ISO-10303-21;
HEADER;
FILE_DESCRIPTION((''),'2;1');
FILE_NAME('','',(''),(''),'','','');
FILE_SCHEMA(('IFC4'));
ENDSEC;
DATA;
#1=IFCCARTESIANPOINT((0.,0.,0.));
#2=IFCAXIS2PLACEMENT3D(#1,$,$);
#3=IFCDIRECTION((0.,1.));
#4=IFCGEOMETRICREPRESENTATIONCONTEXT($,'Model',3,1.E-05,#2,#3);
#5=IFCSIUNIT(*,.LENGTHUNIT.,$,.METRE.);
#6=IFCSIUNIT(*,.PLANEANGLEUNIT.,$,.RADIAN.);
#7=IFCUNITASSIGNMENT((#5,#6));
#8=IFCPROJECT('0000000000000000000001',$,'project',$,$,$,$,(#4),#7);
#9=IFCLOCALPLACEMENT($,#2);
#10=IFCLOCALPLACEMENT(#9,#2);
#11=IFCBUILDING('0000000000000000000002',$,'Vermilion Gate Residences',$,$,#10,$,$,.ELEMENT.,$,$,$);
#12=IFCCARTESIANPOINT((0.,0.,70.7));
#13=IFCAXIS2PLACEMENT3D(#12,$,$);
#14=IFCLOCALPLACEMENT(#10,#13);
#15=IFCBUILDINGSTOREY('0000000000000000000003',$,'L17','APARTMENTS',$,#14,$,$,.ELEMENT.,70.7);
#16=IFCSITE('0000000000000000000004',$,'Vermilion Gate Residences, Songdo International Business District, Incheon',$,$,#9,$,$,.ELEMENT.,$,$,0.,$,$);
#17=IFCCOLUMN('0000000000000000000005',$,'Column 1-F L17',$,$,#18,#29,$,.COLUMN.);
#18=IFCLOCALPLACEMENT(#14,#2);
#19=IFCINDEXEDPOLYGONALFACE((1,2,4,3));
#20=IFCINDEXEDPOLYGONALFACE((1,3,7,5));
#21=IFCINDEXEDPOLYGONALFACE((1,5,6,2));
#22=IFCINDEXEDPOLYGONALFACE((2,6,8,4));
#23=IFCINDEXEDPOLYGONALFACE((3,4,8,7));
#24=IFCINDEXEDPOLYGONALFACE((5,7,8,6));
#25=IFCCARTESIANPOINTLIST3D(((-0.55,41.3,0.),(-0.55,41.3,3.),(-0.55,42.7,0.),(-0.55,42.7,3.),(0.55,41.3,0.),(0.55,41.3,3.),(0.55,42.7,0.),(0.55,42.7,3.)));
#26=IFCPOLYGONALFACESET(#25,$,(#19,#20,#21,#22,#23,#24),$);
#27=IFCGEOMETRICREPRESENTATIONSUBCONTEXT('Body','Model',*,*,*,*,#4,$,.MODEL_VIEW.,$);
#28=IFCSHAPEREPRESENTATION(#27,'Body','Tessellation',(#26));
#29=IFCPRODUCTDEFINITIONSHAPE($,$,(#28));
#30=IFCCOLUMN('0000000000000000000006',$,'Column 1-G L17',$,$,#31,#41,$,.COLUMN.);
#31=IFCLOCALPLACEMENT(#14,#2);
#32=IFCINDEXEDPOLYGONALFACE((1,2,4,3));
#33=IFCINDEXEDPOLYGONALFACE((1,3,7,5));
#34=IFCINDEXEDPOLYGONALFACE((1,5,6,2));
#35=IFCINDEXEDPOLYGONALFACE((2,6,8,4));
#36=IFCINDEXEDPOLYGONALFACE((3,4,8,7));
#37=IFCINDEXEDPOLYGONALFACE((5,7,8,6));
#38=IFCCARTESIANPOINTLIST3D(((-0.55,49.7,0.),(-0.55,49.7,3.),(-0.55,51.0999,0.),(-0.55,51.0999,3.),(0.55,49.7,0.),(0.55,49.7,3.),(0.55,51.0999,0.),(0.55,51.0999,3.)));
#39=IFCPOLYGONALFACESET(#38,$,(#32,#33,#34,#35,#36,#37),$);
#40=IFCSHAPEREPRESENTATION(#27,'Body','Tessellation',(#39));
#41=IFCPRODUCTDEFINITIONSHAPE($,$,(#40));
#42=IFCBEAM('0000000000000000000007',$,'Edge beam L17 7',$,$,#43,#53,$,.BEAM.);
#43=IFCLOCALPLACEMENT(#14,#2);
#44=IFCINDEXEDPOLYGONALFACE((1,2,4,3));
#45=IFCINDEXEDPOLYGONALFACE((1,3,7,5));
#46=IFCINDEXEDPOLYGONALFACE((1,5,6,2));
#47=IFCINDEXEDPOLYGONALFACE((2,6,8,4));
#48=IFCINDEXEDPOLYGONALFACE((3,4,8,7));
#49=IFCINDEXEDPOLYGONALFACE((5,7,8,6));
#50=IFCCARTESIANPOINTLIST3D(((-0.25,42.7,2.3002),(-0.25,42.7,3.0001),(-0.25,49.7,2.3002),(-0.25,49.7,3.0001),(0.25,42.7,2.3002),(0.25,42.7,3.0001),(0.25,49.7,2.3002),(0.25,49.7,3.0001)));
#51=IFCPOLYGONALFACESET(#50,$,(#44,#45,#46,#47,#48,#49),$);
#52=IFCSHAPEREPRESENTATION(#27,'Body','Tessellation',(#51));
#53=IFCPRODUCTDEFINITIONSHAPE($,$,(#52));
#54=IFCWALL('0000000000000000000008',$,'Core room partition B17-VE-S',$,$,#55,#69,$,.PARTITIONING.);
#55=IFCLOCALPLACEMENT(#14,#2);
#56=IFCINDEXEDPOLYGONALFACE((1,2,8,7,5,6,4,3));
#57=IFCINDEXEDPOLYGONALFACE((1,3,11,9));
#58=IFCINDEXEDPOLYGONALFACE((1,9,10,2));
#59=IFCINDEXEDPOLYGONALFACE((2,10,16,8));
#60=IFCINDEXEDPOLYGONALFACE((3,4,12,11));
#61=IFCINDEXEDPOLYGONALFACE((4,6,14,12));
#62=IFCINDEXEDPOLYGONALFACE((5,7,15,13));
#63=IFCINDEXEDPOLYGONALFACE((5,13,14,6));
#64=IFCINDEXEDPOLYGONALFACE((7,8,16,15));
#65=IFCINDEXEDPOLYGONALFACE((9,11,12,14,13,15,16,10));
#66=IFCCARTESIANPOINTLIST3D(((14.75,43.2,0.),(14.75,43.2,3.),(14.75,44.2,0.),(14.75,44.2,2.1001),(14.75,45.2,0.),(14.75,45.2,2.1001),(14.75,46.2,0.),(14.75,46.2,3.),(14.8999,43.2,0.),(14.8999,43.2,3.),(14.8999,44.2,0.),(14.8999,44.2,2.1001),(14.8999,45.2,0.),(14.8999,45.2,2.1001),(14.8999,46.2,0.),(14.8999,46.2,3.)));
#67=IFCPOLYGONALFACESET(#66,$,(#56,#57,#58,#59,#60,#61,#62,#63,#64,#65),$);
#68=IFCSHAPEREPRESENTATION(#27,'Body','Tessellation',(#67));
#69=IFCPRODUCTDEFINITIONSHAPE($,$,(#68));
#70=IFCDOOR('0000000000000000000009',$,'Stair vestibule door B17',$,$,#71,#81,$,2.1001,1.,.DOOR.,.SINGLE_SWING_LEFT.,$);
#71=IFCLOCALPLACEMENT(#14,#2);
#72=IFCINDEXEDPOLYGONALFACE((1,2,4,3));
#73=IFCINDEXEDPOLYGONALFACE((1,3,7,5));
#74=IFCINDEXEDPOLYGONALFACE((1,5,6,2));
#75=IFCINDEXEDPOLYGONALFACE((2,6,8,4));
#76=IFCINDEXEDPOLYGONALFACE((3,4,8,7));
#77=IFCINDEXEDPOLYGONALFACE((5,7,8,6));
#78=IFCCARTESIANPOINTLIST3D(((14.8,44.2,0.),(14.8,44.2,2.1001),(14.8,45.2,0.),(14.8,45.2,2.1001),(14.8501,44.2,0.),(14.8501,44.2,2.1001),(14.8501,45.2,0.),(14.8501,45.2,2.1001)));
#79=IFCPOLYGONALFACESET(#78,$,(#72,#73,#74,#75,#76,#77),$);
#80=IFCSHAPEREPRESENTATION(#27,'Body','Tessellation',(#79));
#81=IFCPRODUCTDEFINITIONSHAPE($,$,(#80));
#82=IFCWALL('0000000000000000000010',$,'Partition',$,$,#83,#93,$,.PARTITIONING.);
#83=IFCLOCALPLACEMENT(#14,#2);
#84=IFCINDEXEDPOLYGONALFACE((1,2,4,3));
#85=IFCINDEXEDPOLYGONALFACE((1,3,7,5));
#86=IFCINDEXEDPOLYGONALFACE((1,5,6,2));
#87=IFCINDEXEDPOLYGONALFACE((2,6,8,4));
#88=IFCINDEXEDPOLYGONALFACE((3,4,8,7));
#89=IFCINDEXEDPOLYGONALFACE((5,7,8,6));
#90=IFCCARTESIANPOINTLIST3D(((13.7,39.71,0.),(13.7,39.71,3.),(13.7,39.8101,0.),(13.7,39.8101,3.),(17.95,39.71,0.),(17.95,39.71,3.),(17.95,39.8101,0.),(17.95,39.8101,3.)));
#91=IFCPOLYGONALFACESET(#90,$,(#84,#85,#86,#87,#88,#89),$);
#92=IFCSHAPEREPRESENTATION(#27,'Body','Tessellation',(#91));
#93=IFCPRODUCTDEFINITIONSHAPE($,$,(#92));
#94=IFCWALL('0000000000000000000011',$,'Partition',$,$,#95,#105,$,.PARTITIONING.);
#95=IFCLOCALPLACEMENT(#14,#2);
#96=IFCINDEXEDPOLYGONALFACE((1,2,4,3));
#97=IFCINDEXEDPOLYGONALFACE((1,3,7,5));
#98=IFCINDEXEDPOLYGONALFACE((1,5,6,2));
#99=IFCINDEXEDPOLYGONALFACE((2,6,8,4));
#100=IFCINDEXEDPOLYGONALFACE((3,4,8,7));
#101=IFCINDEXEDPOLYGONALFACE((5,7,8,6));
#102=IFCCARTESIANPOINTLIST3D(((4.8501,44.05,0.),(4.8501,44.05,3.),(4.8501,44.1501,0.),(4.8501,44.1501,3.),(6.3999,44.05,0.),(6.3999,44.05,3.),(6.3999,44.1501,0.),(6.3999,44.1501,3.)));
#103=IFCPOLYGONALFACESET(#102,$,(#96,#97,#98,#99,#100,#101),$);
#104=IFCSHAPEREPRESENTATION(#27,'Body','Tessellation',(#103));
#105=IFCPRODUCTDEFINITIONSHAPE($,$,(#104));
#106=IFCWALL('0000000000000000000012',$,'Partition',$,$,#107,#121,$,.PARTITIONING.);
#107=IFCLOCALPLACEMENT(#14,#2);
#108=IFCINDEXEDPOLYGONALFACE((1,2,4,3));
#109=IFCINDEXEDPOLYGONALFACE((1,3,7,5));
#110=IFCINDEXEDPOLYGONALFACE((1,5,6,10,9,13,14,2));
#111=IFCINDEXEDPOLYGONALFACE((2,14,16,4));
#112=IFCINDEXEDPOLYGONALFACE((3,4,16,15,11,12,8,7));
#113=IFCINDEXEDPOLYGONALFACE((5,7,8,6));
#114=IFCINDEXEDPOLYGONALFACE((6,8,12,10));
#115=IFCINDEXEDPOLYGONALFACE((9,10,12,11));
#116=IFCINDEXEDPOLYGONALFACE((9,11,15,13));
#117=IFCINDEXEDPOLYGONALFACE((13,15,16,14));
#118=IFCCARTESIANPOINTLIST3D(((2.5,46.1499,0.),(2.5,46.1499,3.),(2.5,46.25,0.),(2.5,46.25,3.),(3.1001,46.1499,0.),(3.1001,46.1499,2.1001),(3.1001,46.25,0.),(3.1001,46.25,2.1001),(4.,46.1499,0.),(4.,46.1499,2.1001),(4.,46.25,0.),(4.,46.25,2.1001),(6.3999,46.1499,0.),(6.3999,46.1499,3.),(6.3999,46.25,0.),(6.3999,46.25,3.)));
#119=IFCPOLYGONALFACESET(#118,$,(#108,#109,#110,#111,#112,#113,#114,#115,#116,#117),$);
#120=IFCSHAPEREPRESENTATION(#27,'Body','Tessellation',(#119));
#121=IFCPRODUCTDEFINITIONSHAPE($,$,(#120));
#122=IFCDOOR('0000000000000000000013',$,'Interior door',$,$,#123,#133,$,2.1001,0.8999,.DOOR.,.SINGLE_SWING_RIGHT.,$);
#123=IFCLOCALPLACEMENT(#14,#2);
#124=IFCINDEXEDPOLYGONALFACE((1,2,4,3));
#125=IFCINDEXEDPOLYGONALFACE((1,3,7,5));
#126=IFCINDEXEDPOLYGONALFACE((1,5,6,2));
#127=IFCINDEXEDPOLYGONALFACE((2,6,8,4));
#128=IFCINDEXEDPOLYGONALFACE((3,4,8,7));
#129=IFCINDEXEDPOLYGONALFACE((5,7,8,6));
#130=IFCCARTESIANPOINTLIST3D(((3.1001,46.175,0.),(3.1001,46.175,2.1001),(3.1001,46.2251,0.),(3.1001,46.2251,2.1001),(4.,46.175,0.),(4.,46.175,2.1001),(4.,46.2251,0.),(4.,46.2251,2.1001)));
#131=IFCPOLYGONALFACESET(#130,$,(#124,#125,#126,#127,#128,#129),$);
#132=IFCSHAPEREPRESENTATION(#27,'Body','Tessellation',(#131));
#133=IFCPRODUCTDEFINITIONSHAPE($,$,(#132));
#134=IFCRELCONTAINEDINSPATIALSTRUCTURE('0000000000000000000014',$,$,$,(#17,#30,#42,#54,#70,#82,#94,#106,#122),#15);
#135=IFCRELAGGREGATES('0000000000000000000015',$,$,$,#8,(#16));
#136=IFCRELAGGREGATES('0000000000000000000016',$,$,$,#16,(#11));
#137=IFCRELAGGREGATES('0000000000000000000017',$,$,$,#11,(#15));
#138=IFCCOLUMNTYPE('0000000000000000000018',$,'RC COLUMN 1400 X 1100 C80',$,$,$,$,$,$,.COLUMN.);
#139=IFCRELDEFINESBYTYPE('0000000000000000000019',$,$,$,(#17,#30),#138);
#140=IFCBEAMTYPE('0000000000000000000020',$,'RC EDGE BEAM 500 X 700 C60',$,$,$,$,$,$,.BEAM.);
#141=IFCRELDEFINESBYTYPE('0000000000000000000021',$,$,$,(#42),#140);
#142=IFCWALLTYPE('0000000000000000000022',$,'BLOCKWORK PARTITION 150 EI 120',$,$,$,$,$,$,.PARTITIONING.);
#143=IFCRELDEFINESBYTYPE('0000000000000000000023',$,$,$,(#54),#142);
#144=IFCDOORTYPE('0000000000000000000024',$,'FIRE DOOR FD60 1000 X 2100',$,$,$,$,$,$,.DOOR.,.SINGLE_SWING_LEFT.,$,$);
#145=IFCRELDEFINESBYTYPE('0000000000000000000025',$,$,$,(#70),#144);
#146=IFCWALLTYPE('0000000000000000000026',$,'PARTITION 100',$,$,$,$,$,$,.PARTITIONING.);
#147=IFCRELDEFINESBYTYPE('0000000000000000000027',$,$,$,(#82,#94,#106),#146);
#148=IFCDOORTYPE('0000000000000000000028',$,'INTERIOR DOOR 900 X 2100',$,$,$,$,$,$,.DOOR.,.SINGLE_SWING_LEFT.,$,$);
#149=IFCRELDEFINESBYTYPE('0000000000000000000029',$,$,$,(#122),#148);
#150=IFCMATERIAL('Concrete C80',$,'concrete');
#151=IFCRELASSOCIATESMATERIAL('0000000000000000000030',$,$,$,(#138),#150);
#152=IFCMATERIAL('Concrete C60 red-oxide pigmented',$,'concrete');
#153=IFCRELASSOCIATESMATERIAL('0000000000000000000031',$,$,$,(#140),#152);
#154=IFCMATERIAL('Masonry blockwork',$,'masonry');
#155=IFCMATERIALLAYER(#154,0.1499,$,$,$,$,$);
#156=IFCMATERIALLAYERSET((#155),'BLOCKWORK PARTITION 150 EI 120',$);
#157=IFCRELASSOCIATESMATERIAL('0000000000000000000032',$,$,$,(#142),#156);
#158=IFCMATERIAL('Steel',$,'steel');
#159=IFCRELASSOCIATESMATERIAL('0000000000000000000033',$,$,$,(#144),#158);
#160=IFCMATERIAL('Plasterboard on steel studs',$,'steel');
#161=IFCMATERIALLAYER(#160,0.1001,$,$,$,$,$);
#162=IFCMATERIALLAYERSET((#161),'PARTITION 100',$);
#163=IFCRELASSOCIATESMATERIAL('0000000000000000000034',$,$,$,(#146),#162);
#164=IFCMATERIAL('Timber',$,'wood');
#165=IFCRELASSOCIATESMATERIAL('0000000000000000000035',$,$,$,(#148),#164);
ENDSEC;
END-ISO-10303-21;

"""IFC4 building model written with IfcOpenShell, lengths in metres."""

from ifc_helpers import new_model, si_unit, direction, frame, frame_2d, origin, origin_2d, place, context, subcontext, project, spatial, rectangle, extrude, material, layer, layer_set, material_profile, profile_set, type_object, element, fill, save


model = new_model("IFC4")

# Units and contexts
model_context = context("Model", 3, precision=1e-05, world=origin(), true_north=direction((0.0, 1.0)))
body_context = subcontext(model_context, "Body", "Model", "MODEL_VIEW")
ifc_project = project(units=[si_unit("LENGTHUNIT", "METRE"), si_unit("PLANEANGLEUNIT", "RADIAN")], contexts=[model_context])

# Site, building, storey
site_placement = place(None, origin())
site = spatial("IfcSite", under=ifc_project, at=site_placement, Name="Vermilion Gate Residences, Songdo International Business District, Incheon", CompositionType="ELEMENT", RefElevation=0.0)
building_placement = place(site_placement, origin())
building = spatial("IfcBuilding", under=site, at=building_placement, Name="Vermilion Gate Residences", CompositionType="ELEMENT")
storey_placement = place(building_placement, frame((0.0, 0.0, 70.7)))
storey = spatial("IfcBuildingStorey", under=building, at=storey_placement, Name="L17", Description="APARTMENTS", CompositionType="ELEMENT", Elevation=70.7)

# Columns
ifc_material_1 = material(Name="Concrete C80", Category="concrete")
ifc_material_profile_1 = material_profile(ifc_material_1, rectangle(XDim=1.3999, YDim=1.1001, at=origin_2d()), Name="RC-1400x1100")
ifc_profile_set_1 = profile_set([ifc_material_profile_1], Name="Concrete C80")
column_type = type_object("IfcColumnType", Name="RC COLUMN 1400 X 1100 C80", PredefinedType="COLUMN", material=ifc_profile_set_1)
for number, where, z_axis, x_axis, name in (
    (1, (0.0, 42.0, 0.0), (0.0, 0.0, 1.0), (0.0, 1.0, 0.0), "Column 1-F L17"),
    (2, (0.0, 50.3999, 0.0), (0.0, 0.0, 1.0), (0.0, 1.0, 0.0), "Column 1-G L17"),
):
    element("IfcColumn", number, at=place(storey_placement, frame(where, z_axis=z_axis, x_axis=x_axis)), inside=storey, type_object=column_type, Name=name, PredefinedType="COLUMN", context=body_context, shape_type="SweptSolid", body=[
        extrude(rectangle(XDim=1.3999, YDim=1.1001, at=origin_2d()), origin(), (0.0, 0.0, 1.0), 3.0),
    ])

# Beam
ifc_material_2 = material(Name="Concrete C60 red-oxide pigmented", Category="concrete")
ifc_material_profile_2 = material_profile(ifc_material_2, rectangle(XDim=0.5, YDim=0.7, at=origin_2d()), Name="RC-500x700")
ifc_profile_set_2 = profile_set([ifc_material_profile_2], Name="Concrete C60 red-oxide pigmented")
beam_type = type_object("IfcBeamType", Name="RC EDGE BEAM 500 X 700 C60", PredefinedType="BEAM", material=ifc_profile_set_2)
beam_placement = place(storey_placement, frame((0.0, 42.7, 2.6501), z_axis=(0.0, 1.0, 0.0), x_axis=(-1.0, 0.0, 0.0)))
element("IfcBeam", 3, at=beam_placement, inside=storey, type_object=beam_type, Name="Edge beam L17 7", PredefinedType="BEAM", context=body_context, shape_type="SweptSolid", body=[
    extrude(rectangle(XDim=0.5, YDim=0.7, at=origin_2d()), origin(), (0.0, 0.0, 1.0), 7.0),
])

# Wall, opening, door
ifc_material_3 = material(Name="Masonry blockwork", Category="masonry")
ifc_layer_1 = layer(ifc_material_3, 0.1499)
ifc_layer_set_1 = layer_set([ifc_layer_1], Name="BLOCKWORK PARTITION 150 EI 120")
wall_type_1 = type_object("IfcWallType", Name="BLOCKWORK PARTITION 150 EI 120", PredefinedType="PARTITIONING", material=ifc_layer_set_1)
wall_1_placement = place(storey_placement, frame((14.825, 46.2, 0.0), z_axis=(0.0, 0.0, 1.0), x_axis=(0.0, -1.0, 0.0)))
wall_1 = element("IfcWall", 4, at=wall_1_placement, inside=storey, type_object=wall_type_1, Name="Core room partition B17-VE-S", PredefinedType="PARTITIONING", context=body_context, shape_type="SweptSolid", body=[
    extrude(rectangle(XDim=3.0, YDim=0.1499, at=frame_2d((1.5, 0.0))), origin(), (0.0, 0.0, 1.0), 3.0),
])
opening_1_placement = place(wall_1_placement, frame((1.0, 0.0, 0.0)))
opening_1 = element("IfcOpeningElement", 5, at=opening_1_placement, cuts=wall_1, PredefinedType="OPENING", context=body_context, shape_type="SweptSolid", body=[
    extrude(rectangle(XDim=1.0, YDim=2.1001, at=frame_2d((0.5, 1.05))), frame((0.0, 0.085, 0.0), z_axis=(0.0, -1.0, 0.0), x_axis=(1.0, 0.0, 0.0)), (0.0, 0.0, 1.0), 0.1699),
])
ifc_material_4 = material(Name="Steel", Category="steel")
door_type_1 = type_object("IfcDoorType", Name="FIRE DOOR FD60 1000 X 2100", OperationType="SINGLE_SWING_LEFT", PredefinedType="DOOR", material=ifc_material_4)
door_1_placement = place(opening_1_placement, frame((1.0, 0.0, 0.0), z_axis=(0.0, 0.0, 1.0), x_axis=(-1.0, 0.0, 0.0)))
door_1 = element("IfcDoor", 6, at=door_1_placement, inside=storey, type_object=door_type_1, Name="Stair vestibule door B17", OperationType="SINGLE_SWING_LEFT", OverallHeight=2.1001, OverallWidth=1.0, PredefinedType="DOOR", context=body_context, shape_type="SweptSolid", body=[
    extrude(rectangle(XDim=1.0, YDim=2.1001, at=frame_2d((0.5, 1.05))), frame((0.0, 0.0249, 0.0), z_axis=(0.0, -1.0, 0.0), x_axis=(1.0, 0.0, 0.0)), (0.0, 0.0, 1.0), 0.05),
])
fill(opening_1, door_1)

# Walls
ifc_material_5 = material(Name="Plasterboard on steel studs", Category="steel")
ifc_layer_2 = layer(ifc_material_5, 0.1001)
ifc_layer_set_2 = layer_set([ifc_layer_2], Name="PARTITION 100")
wall_type_2 = type_object("IfcWallType", Name="PARTITION 100", PredefinedType="PARTITIONING", material=ifc_layer_set_2)
wall_2_placement = place(storey_placement, frame((13.7, 39.76, 0.0), z_axis=(0.0, 0.0, 1.0), x_axis=(1.0, 0.0, 0.0)))
element("IfcWall", 7, at=wall_2_placement, inside=storey, type_object=wall_type_2, Name="Partition", PredefinedType="PARTITIONING", context=body_context, shape_type="SweptSolid", body=[
    extrude(rectangle(XDim=4.25, YDim=0.1001, at=frame_2d((2.125, 0.0))), origin(), (0.0, 0.0, 1.0), 3.0),
])
wall_3_placement = place(storey_placement, frame((4.8501, 44.1001, 0.0), z_axis=(0.0, 0.0, 1.0), x_axis=(1.0, 0.0, 0.0)))
element("IfcWall", 8, at=wall_3_placement, inside=storey, type_object=wall_type_2, Name="Partition", PredefinedType="PARTITIONING", context=body_context, shape_type="SweptSolid", body=[
    extrude(rectangle(XDim=1.5498, YDim=0.1001, at=frame_2d((0.7749, 0.0))), origin(), (0.0, 0.0, 1.0), 3.0),
])

# Wall, opening, door
wall_4_placement = place(storey_placement, frame((2.5, 46.2, 0.0), z_axis=(0.0, 0.0, 1.0), x_axis=(1.0, 0.0, 0.0)))
wall_4 = element("IfcWall", 9, at=wall_4_placement, inside=storey, type_object=wall_type_2, Name="Partition", PredefinedType="PARTITIONING", context=body_context, shape_type="SweptSolid", body=[
    extrude(rectangle(XDim=3.8999, YDim=0.1001, at=frame_2d((1.95, 0.0))), origin(), (0.0, 0.0, 1.0), 3.0),
])
opening_2_placement = place(wall_4_placement, frame((0.6001, 0.0, 0.0)))
opening_2 = element("IfcOpeningElement", 10, at=opening_2_placement, cuts=wall_4, PredefinedType="OPENING", context=body_context, shape_type="SweptSolid", body=[
    extrude(rectangle(XDim=0.8999, YDim=2.1001, at=frame_2d((0.45, 1.05))), frame((0.0, 0.0601, 0.0), z_axis=(0.0, -1.0, 0.0), x_axis=(1.0, 0.0, 0.0)), (0.0, 0.0, 1.0), 0.1201),
])
ifc_material_6 = material(Name="Timber", Category="wood")
door_type_2 = type_object("IfcDoorType", Name="INTERIOR DOOR 900 X 2100", OperationType="SINGLE_SWING_LEFT", PredefinedType="DOOR", material=ifc_material_6)
door_2_placement = place(opening_2_placement, frame((0.8999, 0.0, 0.0), z_axis=(0.0, 0.0, 1.0), x_axis=(-1.0, 0.0, 0.0)))
door_2 = element("IfcDoor", 11, at=door_2_placement, inside=storey, type_object=door_type_2, Name="Interior door", OperationType="SINGLE_SWING_RIGHT", OverallHeight=2.1001, OverallWidth=0.8999, PredefinedType="DOOR", context=body_context, shape_type="SweptSolid", body=[
    extrude(rectangle(XDim=0.8999, YDim=2.1001, at=frame_2d((0.45, 1.05))), frame((0.0, 0.0249, 0.0), z_axis=(0.0, -1.0, 0.0), x_axis=(1.0, 0.0, 0.0)), (0.0, 0.0, 1.0), 0.05),
])
fill(opening_2, door_2)

save(model, "model.ifc")
